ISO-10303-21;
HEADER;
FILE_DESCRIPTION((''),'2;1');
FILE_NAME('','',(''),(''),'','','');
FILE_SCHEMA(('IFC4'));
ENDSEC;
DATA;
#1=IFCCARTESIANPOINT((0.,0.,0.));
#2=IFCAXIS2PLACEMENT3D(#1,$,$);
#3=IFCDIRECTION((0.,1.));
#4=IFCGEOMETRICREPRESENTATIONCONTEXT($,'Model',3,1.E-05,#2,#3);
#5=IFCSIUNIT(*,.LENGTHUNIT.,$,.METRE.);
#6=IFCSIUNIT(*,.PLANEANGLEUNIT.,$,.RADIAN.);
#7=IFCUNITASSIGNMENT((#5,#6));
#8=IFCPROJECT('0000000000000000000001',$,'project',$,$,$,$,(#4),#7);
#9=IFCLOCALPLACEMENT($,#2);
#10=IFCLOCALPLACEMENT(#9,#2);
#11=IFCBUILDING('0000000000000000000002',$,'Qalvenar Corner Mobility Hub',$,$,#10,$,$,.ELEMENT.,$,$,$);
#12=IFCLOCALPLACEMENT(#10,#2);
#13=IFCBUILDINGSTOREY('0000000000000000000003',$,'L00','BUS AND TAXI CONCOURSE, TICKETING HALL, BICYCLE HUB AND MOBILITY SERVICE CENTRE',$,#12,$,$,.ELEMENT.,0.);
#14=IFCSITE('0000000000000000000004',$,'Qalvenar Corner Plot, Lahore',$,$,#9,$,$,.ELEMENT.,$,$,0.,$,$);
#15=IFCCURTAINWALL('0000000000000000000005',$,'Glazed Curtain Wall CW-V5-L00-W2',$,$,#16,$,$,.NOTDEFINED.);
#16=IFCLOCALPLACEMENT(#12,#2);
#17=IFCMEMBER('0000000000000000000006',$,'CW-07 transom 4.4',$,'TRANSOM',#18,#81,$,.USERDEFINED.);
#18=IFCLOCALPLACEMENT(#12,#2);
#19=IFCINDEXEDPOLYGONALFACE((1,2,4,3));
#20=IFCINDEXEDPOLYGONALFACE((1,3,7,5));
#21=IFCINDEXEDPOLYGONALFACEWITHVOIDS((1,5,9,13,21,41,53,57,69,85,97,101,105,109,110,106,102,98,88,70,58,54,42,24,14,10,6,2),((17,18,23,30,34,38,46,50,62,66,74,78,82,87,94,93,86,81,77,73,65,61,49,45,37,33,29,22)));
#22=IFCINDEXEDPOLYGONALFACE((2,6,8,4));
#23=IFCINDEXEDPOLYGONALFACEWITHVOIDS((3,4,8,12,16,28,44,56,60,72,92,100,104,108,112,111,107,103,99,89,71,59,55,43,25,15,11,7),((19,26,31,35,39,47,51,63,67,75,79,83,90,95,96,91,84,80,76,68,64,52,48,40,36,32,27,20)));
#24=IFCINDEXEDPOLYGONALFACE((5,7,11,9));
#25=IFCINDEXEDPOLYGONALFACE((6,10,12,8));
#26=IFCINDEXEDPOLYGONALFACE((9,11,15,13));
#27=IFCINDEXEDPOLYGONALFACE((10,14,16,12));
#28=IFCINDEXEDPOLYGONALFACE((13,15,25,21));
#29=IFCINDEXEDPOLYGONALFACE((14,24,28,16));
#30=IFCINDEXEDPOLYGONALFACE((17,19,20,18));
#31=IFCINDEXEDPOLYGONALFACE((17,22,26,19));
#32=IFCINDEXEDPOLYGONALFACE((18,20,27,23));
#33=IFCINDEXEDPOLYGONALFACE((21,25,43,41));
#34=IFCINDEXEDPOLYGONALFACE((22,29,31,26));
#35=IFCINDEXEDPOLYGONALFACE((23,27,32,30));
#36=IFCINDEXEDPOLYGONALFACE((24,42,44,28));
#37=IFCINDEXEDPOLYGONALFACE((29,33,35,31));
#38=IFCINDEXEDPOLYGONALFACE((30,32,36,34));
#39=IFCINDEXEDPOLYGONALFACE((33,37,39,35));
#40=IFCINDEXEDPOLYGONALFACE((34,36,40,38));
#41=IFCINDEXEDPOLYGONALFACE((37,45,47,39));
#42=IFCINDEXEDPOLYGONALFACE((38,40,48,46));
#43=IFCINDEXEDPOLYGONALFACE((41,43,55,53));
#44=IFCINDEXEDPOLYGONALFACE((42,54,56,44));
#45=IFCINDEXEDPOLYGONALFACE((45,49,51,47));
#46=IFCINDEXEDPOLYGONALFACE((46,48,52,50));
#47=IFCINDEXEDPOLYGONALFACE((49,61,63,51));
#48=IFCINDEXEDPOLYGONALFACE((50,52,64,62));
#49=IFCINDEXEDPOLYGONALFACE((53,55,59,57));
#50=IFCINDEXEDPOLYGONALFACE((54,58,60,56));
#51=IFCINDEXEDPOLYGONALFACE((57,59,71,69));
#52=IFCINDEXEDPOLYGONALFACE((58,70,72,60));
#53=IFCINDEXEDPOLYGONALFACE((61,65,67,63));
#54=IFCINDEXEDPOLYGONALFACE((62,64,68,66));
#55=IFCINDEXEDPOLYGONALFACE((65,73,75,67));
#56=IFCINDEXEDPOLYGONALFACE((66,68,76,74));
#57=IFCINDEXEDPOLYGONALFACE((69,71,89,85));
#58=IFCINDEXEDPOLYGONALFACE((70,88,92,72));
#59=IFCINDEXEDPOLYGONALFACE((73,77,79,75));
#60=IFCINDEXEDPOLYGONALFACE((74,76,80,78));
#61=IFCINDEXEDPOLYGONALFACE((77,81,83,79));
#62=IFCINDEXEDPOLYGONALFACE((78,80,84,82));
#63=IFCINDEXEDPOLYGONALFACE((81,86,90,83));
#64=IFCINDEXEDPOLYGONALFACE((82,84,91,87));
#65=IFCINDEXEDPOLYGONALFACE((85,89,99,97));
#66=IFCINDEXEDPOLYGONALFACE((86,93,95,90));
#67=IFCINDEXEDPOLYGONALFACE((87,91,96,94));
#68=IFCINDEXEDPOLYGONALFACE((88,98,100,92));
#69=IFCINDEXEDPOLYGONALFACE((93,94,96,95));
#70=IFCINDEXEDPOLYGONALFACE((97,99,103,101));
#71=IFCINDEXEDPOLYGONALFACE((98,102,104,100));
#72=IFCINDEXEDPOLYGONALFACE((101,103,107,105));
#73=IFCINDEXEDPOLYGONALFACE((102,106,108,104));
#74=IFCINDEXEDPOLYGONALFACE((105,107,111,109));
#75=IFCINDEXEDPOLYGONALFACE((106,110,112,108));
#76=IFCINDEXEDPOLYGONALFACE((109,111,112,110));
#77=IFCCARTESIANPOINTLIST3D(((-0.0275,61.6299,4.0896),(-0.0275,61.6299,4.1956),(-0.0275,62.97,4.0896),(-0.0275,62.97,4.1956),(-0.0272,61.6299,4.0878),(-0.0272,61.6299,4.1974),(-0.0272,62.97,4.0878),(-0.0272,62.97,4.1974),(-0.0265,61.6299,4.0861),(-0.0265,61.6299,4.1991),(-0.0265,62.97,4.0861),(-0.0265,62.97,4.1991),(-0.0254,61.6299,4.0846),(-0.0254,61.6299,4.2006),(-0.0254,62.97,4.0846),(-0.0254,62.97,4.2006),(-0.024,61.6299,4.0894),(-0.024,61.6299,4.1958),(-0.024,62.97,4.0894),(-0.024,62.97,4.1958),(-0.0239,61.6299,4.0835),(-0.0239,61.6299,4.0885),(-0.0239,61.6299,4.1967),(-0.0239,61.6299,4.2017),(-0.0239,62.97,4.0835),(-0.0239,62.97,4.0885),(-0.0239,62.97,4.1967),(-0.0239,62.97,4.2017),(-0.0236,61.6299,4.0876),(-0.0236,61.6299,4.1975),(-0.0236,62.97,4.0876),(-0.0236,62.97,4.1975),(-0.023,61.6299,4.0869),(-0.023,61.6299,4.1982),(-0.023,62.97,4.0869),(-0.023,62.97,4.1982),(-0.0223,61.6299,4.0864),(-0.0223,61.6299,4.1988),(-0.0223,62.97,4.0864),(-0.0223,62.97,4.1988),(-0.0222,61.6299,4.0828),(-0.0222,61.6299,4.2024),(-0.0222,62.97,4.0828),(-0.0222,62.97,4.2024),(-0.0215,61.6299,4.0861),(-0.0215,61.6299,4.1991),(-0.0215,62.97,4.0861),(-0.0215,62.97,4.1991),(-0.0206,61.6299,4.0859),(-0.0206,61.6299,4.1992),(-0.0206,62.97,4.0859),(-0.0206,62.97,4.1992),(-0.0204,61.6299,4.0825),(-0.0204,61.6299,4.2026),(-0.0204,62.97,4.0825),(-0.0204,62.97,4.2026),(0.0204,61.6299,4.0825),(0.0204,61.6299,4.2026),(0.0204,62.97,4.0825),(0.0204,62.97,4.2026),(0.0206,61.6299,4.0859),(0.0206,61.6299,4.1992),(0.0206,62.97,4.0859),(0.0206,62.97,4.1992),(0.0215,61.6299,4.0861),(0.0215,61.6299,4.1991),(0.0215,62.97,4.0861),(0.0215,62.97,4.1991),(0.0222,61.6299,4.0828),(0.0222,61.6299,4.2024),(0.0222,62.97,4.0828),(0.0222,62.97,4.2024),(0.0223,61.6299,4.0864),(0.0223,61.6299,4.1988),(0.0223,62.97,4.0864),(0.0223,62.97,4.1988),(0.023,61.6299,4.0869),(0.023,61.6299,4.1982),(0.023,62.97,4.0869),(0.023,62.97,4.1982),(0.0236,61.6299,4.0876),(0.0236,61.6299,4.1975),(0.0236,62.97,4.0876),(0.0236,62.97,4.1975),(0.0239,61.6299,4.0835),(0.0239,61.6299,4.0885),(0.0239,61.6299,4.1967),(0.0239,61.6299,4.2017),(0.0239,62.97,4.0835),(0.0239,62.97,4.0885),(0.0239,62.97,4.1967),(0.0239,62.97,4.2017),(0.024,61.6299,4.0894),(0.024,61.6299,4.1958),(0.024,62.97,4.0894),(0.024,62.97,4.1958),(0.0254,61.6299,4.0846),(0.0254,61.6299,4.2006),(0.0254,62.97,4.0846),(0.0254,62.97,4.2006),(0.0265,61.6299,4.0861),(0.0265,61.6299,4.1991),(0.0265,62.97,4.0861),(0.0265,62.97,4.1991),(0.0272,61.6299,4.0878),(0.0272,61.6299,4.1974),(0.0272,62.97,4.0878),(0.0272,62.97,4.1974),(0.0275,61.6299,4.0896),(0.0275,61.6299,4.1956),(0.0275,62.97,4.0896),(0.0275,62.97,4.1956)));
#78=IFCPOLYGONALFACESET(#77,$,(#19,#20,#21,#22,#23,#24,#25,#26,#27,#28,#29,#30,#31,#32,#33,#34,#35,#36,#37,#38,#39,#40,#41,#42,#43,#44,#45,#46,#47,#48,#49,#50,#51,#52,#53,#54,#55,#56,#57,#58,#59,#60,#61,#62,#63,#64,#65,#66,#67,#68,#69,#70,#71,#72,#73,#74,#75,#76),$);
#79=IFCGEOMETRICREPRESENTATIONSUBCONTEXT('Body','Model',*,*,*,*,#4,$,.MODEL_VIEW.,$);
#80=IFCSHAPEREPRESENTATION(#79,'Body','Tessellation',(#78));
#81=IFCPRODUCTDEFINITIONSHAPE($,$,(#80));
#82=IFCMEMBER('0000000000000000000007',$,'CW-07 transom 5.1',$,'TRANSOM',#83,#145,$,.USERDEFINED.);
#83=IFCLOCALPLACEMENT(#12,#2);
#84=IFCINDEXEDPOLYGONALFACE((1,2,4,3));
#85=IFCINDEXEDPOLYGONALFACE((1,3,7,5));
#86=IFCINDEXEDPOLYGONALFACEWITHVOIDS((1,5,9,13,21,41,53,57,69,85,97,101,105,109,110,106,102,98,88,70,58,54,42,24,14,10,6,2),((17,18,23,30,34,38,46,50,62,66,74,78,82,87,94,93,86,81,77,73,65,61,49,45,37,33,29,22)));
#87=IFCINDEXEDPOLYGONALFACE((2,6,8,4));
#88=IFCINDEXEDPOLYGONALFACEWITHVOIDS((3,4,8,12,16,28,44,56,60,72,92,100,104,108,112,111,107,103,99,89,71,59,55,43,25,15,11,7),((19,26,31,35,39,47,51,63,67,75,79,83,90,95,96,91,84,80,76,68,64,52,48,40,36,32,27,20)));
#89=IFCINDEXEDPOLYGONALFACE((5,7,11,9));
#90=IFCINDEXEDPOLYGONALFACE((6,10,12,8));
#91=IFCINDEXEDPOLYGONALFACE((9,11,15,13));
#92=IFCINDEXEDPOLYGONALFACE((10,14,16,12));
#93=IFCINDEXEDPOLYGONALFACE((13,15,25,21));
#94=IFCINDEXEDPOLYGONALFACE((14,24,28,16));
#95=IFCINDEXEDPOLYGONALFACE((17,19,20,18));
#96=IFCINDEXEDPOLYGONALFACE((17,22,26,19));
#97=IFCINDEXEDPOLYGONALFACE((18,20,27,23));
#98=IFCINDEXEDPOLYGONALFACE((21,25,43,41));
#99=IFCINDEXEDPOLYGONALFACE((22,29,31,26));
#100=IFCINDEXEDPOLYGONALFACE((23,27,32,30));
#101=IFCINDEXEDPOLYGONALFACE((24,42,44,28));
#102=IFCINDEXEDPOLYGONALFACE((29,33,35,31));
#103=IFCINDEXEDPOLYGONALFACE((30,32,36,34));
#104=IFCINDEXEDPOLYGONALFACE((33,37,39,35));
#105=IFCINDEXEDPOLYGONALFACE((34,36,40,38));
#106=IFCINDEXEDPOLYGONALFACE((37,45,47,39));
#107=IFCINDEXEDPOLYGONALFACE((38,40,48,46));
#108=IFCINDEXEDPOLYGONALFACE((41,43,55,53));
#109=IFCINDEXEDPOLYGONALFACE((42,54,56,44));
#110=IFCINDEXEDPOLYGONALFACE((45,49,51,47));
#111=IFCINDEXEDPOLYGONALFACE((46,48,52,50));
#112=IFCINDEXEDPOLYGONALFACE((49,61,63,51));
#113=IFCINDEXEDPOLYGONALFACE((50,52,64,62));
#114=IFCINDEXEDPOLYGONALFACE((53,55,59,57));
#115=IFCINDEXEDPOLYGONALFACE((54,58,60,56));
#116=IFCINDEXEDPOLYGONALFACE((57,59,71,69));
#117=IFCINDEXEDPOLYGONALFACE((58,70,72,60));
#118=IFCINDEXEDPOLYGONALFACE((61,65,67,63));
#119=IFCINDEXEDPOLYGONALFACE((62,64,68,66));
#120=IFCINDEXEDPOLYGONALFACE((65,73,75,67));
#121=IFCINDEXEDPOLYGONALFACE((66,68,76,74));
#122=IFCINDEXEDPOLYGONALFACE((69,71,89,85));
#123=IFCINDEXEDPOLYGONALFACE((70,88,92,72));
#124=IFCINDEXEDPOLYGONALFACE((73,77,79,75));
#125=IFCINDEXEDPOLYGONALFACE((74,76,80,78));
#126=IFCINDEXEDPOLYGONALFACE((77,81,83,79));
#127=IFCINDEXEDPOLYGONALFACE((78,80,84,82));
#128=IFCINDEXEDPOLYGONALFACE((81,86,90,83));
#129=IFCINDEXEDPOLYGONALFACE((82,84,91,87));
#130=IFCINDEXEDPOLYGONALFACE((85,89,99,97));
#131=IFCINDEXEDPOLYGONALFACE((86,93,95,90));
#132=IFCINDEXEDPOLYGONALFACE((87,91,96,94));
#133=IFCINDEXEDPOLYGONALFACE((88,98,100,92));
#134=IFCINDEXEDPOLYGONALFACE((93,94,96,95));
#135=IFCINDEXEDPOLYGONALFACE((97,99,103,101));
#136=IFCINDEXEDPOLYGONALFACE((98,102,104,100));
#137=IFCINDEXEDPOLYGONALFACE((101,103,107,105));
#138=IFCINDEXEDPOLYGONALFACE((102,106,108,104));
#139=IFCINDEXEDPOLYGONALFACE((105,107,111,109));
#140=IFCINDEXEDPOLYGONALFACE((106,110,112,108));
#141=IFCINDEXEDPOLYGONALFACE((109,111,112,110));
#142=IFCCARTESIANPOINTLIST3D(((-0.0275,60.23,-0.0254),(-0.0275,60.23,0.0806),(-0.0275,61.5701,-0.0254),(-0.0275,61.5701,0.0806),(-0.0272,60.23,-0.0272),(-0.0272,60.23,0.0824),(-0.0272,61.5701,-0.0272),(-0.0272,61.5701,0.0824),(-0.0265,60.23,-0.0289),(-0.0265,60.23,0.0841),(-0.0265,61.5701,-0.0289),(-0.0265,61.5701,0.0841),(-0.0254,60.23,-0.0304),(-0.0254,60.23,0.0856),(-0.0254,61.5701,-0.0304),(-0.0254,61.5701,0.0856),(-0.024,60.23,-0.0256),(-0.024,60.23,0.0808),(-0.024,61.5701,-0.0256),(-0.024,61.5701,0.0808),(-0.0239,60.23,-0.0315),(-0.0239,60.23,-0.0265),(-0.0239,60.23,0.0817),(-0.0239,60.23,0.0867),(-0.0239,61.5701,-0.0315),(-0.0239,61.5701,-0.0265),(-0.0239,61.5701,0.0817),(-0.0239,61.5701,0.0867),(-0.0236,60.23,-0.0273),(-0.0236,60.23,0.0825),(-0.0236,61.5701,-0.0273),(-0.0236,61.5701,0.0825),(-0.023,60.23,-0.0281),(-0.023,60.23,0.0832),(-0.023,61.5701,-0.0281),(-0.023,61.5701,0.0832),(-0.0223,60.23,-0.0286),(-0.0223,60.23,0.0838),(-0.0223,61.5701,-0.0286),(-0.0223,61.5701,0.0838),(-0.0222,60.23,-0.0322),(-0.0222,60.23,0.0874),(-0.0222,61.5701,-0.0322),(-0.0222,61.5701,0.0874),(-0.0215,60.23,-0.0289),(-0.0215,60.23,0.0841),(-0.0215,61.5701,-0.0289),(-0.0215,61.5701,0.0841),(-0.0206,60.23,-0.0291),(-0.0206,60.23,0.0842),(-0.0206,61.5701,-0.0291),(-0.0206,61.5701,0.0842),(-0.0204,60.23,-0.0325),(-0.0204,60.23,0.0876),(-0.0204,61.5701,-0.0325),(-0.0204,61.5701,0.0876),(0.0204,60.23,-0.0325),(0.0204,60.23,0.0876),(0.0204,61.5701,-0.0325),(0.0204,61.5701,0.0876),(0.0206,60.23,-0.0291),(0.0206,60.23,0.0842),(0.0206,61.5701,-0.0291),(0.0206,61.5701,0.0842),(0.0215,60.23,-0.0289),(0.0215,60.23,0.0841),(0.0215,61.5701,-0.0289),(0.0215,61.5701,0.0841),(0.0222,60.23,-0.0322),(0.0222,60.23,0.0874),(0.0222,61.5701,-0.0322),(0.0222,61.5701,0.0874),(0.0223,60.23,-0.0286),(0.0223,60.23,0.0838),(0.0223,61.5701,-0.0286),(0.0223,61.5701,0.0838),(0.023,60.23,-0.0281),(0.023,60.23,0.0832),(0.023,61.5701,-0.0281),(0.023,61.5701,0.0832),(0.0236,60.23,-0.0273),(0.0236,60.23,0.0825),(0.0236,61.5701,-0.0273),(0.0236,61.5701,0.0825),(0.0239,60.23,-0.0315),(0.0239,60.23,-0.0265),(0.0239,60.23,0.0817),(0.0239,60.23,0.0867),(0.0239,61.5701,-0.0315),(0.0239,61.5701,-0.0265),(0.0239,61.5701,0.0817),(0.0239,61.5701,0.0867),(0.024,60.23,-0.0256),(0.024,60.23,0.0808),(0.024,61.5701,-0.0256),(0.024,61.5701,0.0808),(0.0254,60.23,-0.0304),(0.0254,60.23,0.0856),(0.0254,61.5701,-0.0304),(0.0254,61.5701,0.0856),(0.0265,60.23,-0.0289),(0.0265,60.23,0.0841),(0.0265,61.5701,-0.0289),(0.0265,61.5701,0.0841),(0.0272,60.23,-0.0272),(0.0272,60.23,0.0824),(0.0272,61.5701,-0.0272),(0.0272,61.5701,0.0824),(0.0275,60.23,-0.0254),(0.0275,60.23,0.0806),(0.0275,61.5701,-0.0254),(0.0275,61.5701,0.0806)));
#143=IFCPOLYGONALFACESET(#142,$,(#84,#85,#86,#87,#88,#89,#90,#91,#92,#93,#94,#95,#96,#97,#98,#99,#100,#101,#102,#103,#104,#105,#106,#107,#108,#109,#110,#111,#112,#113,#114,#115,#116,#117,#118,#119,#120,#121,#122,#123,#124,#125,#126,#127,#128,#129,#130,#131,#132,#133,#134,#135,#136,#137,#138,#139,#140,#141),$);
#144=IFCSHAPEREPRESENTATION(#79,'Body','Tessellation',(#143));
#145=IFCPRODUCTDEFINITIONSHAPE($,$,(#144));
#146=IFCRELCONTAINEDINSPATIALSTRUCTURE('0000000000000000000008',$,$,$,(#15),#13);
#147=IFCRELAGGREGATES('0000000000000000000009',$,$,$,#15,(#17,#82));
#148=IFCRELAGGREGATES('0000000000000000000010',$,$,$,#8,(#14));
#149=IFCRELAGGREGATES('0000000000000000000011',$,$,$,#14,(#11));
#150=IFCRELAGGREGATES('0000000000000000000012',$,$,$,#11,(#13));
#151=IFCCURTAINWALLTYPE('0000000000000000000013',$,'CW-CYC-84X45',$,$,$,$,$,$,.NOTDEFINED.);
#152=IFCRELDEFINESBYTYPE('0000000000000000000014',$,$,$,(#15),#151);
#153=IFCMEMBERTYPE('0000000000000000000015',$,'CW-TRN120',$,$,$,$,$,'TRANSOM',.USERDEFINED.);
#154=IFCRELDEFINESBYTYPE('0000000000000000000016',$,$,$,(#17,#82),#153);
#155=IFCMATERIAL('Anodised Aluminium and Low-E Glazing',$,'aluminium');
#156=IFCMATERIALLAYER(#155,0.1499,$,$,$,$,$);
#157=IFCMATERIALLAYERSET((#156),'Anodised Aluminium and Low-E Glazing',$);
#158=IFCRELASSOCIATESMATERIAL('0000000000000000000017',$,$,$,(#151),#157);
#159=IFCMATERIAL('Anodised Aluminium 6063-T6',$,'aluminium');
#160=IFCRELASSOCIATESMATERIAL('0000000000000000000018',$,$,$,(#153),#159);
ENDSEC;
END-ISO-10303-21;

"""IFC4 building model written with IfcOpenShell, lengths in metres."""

from ifc_helpers import new_model, si_unit, direction, frame, origin, origin_2d, place, context, subcontext, project, spatial, hollow_rectangle, extrude, material, layer, layer_set, material_profile, profile_set, type_object, element, aggregate, save


model = new_model("IFC4")

# Units and contexts
model_context = context("Model", 3, precision=1e-05, world=origin(), true_north=direction((0.0, 1.0)))
body_context = subcontext(model_context, "Body", "Model", "MODEL_VIEW")
ifc_project = project(units=[si_unit("LENGTHUNIT", "METRE"), si_unit("PLANEANGLEUNIT", "RADIAN")], contexts=[model_context])

# Site, building, storey
site_placement = place(None, origin())
site = spatial("IfcSite", under=ifc_project, at=site_placement, Name="Qalvenar Corner Plot, Lahore", CompositionType="ELEMENT", RefElevation=0.0)
building_placement = place(site_placement, origin())
building = spatial("IfcBuilding", under=site, at=building_placement, Name="Qalvenar Corner Mobility Hub", CompositionType="ELEMENT")
storey_placement = place(building_placement, origin())
storey = spatial("IfcBuildingStorey", under=building, at=storey_placement, Name="L00", Description="BUS AND TAXI CONCOURSE, TICKETING HALL, BICYCLE HUB AND MOBILITY SERVICE CENTRE", CompositionType="ELEMENT", Elevation=0.0)

# Curtain wall, members
ifc_material_1 = material(Name="Anodised Aluminium and Low-E Glazing", Category="aluminium")
ifc_layer_1 = layer(ifc_material_1, 0.1499)
ifc_layer_set_1 = layer_set([ifc_layer_1], Name="Anodised Aluminium and Low-E Glazing")
curtain_wall_type = type_object("IfcCurtainWallType", Name="CW-CYC-84X45", PredefinedType="NOTDEFINED", material=ifc_layer_set_1)
curtain_wall_placement = place(storey_placement, origin())
curtain_wall = element("IfcCurtainWall", 1, at=curtain_wall_placement, inside=storey, type_object=curtain_wall_type, Name="Glazed Curtain Wall CW-V5-L00-W2", PredefinedType="NOTDEFINED")
ifc_material_2 = material(Name="Anodised Aluminium 6063-T6", Category="aluminium")
ifc_material_profile_1 = material_profile(ifc_material_2, hollow_rectangle(XDim=0.0549, YDim=0.1201, WallThickness=0.0034, InnerFilletRadius=0.0034, OuterFilletRadius=0.0071, at=origin_2d()), Name="RHS120x55x3.5")
ifc_profile_set_1 = profile_set([ifc_material_profile_1], Name="Anodised Aluminium 6063-T6")
member_type_1 = type_object("IfcMemberType", Name="CW-TRN120", ElementType="TRANSOM", PredefinedType="USERDEFINED", material=ifc_profile_set_1)
member_1_placement = place(storey_placement, frame((0.0, 62.97, 4.1426), z_axis=(0.0, -1.0, 0.0), x_axis=(1.0, 0.0, 0.0)))
member_1 = element("IfcMember", 2, at=member_1_placement, type_object=member_type_1, Name="CW-07 transom 4.4", ObjectType="TRANSOM", PredefinedType="USERDEFINED", context=body_context, shape_type="SweptSolid", body=[
    extrude(hollow_rectangle(XDim=0.0549, YDim=0.1201, WallThickness=0.0034, InnerFilletRadius=0.0034, OuterFilletRadius=0.0071, at=origin_2d()), origin(), (0.0, 0.0, 1.0), 1.3401),
])
member_2_placement = place(storey_placement, frame((0.0, 61.5701, 0.0276), z_axis=(0.0, -1.0, 0.0), x_axis=(1.0, 0.0, 0.0)))
member_2 = element("IfcMember", 3, at=member_2_placement, type_object=member_type_1, Name="CW-07 transom 5.1", ObjectType="TRANSOM", PredefinedType="USERDEFINED", context=body_context, shape_type="SweptSolid", body=[
    extrude(hollow_rectangle(XDim=0.0549, YDim=0.1201, WallThickness=0.0034, InnerFilletRadius=0.0034, OuterFilletRadius=0.0071, at=origin_2d()), origin(), (0.0, 0.0, 1.0), 1.3401),
])
aggregate(curtain_wall, [member_1, member_2])

save(model, "model.ifc")
